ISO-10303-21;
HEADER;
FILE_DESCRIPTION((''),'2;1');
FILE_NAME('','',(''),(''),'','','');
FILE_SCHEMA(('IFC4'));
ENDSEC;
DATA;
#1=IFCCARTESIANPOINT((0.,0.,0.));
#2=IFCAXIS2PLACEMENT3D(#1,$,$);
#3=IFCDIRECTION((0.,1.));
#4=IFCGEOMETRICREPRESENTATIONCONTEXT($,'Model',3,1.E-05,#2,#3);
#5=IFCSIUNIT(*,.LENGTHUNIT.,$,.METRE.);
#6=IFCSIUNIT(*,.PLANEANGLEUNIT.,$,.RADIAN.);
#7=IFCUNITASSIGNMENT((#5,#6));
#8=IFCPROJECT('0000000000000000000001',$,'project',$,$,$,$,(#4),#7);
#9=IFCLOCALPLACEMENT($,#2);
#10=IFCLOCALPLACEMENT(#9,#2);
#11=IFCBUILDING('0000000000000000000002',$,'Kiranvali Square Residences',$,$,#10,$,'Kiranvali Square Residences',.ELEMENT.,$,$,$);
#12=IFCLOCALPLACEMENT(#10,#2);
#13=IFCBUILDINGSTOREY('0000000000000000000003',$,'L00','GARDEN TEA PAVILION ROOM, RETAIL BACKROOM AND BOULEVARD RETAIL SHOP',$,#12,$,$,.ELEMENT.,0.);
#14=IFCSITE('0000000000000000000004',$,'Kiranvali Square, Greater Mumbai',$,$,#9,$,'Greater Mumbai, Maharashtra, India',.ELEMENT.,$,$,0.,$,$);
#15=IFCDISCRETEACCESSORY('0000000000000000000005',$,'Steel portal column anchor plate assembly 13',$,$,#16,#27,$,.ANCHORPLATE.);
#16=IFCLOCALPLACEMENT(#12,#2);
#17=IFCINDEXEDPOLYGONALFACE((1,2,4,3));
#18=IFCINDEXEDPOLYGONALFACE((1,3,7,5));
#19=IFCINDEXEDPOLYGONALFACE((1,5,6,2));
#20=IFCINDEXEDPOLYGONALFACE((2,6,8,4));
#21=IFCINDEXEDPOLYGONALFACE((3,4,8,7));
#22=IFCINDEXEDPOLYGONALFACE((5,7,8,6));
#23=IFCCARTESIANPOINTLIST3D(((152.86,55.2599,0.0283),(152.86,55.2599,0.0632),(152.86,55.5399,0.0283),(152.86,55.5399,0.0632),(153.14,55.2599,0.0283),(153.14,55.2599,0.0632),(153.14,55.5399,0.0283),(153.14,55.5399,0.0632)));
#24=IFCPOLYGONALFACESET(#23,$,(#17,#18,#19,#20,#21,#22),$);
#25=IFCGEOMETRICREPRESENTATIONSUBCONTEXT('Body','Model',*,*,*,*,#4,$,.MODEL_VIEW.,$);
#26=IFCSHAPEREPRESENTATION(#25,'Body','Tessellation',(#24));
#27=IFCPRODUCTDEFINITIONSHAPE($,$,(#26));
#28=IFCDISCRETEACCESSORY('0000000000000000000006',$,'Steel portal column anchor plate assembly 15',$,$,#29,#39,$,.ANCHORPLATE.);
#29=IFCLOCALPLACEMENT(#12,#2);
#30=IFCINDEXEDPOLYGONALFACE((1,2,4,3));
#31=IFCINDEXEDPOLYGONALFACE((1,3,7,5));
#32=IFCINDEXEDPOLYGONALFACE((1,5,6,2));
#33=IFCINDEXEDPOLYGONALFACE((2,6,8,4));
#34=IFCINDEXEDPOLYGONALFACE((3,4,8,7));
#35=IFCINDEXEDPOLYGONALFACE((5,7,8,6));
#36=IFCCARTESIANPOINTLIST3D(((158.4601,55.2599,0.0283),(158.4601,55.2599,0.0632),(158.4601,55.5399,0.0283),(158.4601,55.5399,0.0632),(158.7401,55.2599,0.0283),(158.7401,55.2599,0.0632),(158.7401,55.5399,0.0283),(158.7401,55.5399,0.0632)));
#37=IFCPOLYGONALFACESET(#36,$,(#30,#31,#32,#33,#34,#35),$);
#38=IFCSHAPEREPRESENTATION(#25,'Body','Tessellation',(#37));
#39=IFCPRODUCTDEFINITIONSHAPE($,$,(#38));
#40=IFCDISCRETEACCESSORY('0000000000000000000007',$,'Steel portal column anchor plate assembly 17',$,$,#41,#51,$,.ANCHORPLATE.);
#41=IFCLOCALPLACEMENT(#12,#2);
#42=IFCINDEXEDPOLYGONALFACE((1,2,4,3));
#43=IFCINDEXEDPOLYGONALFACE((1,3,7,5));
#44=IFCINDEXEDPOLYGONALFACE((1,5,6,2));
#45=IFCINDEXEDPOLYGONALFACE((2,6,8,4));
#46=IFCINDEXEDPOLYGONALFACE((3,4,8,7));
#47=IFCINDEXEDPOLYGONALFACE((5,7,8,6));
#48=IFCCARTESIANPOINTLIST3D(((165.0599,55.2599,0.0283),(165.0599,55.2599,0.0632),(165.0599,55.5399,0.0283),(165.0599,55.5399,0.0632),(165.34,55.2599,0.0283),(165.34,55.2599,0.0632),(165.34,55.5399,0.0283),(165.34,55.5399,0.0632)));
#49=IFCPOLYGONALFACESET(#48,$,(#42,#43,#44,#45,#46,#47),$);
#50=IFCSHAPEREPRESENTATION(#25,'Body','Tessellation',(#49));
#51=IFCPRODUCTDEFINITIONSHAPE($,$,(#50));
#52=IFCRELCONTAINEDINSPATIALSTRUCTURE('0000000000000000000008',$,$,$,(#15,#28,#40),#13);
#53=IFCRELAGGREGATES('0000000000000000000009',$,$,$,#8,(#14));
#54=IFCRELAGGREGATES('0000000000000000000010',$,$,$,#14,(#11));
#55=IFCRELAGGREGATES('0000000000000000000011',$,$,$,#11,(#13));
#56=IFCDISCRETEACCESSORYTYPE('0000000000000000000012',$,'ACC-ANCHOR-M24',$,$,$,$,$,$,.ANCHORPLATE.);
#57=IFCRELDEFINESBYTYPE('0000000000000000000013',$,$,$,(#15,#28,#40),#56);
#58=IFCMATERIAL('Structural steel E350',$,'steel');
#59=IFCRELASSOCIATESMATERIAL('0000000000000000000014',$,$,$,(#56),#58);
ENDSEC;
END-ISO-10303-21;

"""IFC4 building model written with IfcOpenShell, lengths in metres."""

from ifc_helpers import new_model, si_unit, direction, frame, origin, origin_2d, place, context, subcontext, project, spatial, rectangle, extrude, material, type_object, element, save


model = new_model("IFC4")

# Units and contexts
model_context = context("Model", 3, precision=1e-05, world=origin(), true_north=direction((0.0, 1.0)))
body_context = subcontext(model_context, "Body", "Model", "MODEL_VIEW")
ifc_project = project(units=[si_unit("LENGTHUNIT", "METRE"), si_unit("PLANEANGLEUNIT", "RADIAN")], contexts=[model_context])

# Site, building, storey
site_placement = place(None, origin())
site = spatial("IfcSite", under=ifc_project, at=site_placement, Name="Kiranvali Square, Greater Mumbai", LongName="Greater Mumbai, Maharashtra, India", CompositionType="ELEMENT", RefElevation=0.0)
building_placement = place(site_placement, origin())
building = spatial("IfcBuilding", under=site, at=building_placement, Name="Kiranvali Square Residences", LongName="Kiranvali Square Residences", CompositionType="ELEMENT")
storey_placement = place(building_placement, origin())
storey = spatial("IfcBuildingStorey", under=building, at=storey_placement, Name="L00", Description="GARDEN TEA PAVILION ROOM, RETAIL BACKROOM AND BOULEVARD RETAIL SHOP", CompositionType="ELEMENT", Elevation=0.0)

# Shared definitions
ifc_material_1 = material(Name="Structural steel E350", Category="steel")

# Discrete accessories
discrete_accessory_type = type_object("IfcDiscreteAccessoryType", Name="ACC-ANCHOR-M24", PredefinedType="ANCHORPLATE", material=ifc_material_1)
for number, where, z_axis, x_axis, name in (
    (1, (153.0, 55.3999, 0.0283), (0.0, 0.0, 1.0), (1.0, 0.0, 0.0), "Steel portal column anchor plate assembly 13"),
    (2, (158.6001, 55.3999, 0.0283), (0.0, 0.0, 1.0), (1.0, 0.0, 0.0), "Steel portal column anchor plate assembly 15"),
    (3, (165.2, 55.3999, 0.0283), (0.0, 0.0, 1.0), (1.0, 0.0, 0.0), "Steel portal column anchor plate assembly 17"),
):
    element("IfcDiscreteAccessory", number, at=place(storey_placement, frame(where, z_axis=z_axis, x_axis=x_axis)), inside=storey, type_object=discrete_accessory_type, Name=name, PredefinedType="ANCHORPLATE", context=body_context, shape_type="SweptSolid", body=[
        extrude(rectangle(XDim=0.28, YDim=0.28, at=origin_2d()), origin(), (0.0, 0.0, 1.0), 0.0349),
    ])

save(model, "model.ifc")
